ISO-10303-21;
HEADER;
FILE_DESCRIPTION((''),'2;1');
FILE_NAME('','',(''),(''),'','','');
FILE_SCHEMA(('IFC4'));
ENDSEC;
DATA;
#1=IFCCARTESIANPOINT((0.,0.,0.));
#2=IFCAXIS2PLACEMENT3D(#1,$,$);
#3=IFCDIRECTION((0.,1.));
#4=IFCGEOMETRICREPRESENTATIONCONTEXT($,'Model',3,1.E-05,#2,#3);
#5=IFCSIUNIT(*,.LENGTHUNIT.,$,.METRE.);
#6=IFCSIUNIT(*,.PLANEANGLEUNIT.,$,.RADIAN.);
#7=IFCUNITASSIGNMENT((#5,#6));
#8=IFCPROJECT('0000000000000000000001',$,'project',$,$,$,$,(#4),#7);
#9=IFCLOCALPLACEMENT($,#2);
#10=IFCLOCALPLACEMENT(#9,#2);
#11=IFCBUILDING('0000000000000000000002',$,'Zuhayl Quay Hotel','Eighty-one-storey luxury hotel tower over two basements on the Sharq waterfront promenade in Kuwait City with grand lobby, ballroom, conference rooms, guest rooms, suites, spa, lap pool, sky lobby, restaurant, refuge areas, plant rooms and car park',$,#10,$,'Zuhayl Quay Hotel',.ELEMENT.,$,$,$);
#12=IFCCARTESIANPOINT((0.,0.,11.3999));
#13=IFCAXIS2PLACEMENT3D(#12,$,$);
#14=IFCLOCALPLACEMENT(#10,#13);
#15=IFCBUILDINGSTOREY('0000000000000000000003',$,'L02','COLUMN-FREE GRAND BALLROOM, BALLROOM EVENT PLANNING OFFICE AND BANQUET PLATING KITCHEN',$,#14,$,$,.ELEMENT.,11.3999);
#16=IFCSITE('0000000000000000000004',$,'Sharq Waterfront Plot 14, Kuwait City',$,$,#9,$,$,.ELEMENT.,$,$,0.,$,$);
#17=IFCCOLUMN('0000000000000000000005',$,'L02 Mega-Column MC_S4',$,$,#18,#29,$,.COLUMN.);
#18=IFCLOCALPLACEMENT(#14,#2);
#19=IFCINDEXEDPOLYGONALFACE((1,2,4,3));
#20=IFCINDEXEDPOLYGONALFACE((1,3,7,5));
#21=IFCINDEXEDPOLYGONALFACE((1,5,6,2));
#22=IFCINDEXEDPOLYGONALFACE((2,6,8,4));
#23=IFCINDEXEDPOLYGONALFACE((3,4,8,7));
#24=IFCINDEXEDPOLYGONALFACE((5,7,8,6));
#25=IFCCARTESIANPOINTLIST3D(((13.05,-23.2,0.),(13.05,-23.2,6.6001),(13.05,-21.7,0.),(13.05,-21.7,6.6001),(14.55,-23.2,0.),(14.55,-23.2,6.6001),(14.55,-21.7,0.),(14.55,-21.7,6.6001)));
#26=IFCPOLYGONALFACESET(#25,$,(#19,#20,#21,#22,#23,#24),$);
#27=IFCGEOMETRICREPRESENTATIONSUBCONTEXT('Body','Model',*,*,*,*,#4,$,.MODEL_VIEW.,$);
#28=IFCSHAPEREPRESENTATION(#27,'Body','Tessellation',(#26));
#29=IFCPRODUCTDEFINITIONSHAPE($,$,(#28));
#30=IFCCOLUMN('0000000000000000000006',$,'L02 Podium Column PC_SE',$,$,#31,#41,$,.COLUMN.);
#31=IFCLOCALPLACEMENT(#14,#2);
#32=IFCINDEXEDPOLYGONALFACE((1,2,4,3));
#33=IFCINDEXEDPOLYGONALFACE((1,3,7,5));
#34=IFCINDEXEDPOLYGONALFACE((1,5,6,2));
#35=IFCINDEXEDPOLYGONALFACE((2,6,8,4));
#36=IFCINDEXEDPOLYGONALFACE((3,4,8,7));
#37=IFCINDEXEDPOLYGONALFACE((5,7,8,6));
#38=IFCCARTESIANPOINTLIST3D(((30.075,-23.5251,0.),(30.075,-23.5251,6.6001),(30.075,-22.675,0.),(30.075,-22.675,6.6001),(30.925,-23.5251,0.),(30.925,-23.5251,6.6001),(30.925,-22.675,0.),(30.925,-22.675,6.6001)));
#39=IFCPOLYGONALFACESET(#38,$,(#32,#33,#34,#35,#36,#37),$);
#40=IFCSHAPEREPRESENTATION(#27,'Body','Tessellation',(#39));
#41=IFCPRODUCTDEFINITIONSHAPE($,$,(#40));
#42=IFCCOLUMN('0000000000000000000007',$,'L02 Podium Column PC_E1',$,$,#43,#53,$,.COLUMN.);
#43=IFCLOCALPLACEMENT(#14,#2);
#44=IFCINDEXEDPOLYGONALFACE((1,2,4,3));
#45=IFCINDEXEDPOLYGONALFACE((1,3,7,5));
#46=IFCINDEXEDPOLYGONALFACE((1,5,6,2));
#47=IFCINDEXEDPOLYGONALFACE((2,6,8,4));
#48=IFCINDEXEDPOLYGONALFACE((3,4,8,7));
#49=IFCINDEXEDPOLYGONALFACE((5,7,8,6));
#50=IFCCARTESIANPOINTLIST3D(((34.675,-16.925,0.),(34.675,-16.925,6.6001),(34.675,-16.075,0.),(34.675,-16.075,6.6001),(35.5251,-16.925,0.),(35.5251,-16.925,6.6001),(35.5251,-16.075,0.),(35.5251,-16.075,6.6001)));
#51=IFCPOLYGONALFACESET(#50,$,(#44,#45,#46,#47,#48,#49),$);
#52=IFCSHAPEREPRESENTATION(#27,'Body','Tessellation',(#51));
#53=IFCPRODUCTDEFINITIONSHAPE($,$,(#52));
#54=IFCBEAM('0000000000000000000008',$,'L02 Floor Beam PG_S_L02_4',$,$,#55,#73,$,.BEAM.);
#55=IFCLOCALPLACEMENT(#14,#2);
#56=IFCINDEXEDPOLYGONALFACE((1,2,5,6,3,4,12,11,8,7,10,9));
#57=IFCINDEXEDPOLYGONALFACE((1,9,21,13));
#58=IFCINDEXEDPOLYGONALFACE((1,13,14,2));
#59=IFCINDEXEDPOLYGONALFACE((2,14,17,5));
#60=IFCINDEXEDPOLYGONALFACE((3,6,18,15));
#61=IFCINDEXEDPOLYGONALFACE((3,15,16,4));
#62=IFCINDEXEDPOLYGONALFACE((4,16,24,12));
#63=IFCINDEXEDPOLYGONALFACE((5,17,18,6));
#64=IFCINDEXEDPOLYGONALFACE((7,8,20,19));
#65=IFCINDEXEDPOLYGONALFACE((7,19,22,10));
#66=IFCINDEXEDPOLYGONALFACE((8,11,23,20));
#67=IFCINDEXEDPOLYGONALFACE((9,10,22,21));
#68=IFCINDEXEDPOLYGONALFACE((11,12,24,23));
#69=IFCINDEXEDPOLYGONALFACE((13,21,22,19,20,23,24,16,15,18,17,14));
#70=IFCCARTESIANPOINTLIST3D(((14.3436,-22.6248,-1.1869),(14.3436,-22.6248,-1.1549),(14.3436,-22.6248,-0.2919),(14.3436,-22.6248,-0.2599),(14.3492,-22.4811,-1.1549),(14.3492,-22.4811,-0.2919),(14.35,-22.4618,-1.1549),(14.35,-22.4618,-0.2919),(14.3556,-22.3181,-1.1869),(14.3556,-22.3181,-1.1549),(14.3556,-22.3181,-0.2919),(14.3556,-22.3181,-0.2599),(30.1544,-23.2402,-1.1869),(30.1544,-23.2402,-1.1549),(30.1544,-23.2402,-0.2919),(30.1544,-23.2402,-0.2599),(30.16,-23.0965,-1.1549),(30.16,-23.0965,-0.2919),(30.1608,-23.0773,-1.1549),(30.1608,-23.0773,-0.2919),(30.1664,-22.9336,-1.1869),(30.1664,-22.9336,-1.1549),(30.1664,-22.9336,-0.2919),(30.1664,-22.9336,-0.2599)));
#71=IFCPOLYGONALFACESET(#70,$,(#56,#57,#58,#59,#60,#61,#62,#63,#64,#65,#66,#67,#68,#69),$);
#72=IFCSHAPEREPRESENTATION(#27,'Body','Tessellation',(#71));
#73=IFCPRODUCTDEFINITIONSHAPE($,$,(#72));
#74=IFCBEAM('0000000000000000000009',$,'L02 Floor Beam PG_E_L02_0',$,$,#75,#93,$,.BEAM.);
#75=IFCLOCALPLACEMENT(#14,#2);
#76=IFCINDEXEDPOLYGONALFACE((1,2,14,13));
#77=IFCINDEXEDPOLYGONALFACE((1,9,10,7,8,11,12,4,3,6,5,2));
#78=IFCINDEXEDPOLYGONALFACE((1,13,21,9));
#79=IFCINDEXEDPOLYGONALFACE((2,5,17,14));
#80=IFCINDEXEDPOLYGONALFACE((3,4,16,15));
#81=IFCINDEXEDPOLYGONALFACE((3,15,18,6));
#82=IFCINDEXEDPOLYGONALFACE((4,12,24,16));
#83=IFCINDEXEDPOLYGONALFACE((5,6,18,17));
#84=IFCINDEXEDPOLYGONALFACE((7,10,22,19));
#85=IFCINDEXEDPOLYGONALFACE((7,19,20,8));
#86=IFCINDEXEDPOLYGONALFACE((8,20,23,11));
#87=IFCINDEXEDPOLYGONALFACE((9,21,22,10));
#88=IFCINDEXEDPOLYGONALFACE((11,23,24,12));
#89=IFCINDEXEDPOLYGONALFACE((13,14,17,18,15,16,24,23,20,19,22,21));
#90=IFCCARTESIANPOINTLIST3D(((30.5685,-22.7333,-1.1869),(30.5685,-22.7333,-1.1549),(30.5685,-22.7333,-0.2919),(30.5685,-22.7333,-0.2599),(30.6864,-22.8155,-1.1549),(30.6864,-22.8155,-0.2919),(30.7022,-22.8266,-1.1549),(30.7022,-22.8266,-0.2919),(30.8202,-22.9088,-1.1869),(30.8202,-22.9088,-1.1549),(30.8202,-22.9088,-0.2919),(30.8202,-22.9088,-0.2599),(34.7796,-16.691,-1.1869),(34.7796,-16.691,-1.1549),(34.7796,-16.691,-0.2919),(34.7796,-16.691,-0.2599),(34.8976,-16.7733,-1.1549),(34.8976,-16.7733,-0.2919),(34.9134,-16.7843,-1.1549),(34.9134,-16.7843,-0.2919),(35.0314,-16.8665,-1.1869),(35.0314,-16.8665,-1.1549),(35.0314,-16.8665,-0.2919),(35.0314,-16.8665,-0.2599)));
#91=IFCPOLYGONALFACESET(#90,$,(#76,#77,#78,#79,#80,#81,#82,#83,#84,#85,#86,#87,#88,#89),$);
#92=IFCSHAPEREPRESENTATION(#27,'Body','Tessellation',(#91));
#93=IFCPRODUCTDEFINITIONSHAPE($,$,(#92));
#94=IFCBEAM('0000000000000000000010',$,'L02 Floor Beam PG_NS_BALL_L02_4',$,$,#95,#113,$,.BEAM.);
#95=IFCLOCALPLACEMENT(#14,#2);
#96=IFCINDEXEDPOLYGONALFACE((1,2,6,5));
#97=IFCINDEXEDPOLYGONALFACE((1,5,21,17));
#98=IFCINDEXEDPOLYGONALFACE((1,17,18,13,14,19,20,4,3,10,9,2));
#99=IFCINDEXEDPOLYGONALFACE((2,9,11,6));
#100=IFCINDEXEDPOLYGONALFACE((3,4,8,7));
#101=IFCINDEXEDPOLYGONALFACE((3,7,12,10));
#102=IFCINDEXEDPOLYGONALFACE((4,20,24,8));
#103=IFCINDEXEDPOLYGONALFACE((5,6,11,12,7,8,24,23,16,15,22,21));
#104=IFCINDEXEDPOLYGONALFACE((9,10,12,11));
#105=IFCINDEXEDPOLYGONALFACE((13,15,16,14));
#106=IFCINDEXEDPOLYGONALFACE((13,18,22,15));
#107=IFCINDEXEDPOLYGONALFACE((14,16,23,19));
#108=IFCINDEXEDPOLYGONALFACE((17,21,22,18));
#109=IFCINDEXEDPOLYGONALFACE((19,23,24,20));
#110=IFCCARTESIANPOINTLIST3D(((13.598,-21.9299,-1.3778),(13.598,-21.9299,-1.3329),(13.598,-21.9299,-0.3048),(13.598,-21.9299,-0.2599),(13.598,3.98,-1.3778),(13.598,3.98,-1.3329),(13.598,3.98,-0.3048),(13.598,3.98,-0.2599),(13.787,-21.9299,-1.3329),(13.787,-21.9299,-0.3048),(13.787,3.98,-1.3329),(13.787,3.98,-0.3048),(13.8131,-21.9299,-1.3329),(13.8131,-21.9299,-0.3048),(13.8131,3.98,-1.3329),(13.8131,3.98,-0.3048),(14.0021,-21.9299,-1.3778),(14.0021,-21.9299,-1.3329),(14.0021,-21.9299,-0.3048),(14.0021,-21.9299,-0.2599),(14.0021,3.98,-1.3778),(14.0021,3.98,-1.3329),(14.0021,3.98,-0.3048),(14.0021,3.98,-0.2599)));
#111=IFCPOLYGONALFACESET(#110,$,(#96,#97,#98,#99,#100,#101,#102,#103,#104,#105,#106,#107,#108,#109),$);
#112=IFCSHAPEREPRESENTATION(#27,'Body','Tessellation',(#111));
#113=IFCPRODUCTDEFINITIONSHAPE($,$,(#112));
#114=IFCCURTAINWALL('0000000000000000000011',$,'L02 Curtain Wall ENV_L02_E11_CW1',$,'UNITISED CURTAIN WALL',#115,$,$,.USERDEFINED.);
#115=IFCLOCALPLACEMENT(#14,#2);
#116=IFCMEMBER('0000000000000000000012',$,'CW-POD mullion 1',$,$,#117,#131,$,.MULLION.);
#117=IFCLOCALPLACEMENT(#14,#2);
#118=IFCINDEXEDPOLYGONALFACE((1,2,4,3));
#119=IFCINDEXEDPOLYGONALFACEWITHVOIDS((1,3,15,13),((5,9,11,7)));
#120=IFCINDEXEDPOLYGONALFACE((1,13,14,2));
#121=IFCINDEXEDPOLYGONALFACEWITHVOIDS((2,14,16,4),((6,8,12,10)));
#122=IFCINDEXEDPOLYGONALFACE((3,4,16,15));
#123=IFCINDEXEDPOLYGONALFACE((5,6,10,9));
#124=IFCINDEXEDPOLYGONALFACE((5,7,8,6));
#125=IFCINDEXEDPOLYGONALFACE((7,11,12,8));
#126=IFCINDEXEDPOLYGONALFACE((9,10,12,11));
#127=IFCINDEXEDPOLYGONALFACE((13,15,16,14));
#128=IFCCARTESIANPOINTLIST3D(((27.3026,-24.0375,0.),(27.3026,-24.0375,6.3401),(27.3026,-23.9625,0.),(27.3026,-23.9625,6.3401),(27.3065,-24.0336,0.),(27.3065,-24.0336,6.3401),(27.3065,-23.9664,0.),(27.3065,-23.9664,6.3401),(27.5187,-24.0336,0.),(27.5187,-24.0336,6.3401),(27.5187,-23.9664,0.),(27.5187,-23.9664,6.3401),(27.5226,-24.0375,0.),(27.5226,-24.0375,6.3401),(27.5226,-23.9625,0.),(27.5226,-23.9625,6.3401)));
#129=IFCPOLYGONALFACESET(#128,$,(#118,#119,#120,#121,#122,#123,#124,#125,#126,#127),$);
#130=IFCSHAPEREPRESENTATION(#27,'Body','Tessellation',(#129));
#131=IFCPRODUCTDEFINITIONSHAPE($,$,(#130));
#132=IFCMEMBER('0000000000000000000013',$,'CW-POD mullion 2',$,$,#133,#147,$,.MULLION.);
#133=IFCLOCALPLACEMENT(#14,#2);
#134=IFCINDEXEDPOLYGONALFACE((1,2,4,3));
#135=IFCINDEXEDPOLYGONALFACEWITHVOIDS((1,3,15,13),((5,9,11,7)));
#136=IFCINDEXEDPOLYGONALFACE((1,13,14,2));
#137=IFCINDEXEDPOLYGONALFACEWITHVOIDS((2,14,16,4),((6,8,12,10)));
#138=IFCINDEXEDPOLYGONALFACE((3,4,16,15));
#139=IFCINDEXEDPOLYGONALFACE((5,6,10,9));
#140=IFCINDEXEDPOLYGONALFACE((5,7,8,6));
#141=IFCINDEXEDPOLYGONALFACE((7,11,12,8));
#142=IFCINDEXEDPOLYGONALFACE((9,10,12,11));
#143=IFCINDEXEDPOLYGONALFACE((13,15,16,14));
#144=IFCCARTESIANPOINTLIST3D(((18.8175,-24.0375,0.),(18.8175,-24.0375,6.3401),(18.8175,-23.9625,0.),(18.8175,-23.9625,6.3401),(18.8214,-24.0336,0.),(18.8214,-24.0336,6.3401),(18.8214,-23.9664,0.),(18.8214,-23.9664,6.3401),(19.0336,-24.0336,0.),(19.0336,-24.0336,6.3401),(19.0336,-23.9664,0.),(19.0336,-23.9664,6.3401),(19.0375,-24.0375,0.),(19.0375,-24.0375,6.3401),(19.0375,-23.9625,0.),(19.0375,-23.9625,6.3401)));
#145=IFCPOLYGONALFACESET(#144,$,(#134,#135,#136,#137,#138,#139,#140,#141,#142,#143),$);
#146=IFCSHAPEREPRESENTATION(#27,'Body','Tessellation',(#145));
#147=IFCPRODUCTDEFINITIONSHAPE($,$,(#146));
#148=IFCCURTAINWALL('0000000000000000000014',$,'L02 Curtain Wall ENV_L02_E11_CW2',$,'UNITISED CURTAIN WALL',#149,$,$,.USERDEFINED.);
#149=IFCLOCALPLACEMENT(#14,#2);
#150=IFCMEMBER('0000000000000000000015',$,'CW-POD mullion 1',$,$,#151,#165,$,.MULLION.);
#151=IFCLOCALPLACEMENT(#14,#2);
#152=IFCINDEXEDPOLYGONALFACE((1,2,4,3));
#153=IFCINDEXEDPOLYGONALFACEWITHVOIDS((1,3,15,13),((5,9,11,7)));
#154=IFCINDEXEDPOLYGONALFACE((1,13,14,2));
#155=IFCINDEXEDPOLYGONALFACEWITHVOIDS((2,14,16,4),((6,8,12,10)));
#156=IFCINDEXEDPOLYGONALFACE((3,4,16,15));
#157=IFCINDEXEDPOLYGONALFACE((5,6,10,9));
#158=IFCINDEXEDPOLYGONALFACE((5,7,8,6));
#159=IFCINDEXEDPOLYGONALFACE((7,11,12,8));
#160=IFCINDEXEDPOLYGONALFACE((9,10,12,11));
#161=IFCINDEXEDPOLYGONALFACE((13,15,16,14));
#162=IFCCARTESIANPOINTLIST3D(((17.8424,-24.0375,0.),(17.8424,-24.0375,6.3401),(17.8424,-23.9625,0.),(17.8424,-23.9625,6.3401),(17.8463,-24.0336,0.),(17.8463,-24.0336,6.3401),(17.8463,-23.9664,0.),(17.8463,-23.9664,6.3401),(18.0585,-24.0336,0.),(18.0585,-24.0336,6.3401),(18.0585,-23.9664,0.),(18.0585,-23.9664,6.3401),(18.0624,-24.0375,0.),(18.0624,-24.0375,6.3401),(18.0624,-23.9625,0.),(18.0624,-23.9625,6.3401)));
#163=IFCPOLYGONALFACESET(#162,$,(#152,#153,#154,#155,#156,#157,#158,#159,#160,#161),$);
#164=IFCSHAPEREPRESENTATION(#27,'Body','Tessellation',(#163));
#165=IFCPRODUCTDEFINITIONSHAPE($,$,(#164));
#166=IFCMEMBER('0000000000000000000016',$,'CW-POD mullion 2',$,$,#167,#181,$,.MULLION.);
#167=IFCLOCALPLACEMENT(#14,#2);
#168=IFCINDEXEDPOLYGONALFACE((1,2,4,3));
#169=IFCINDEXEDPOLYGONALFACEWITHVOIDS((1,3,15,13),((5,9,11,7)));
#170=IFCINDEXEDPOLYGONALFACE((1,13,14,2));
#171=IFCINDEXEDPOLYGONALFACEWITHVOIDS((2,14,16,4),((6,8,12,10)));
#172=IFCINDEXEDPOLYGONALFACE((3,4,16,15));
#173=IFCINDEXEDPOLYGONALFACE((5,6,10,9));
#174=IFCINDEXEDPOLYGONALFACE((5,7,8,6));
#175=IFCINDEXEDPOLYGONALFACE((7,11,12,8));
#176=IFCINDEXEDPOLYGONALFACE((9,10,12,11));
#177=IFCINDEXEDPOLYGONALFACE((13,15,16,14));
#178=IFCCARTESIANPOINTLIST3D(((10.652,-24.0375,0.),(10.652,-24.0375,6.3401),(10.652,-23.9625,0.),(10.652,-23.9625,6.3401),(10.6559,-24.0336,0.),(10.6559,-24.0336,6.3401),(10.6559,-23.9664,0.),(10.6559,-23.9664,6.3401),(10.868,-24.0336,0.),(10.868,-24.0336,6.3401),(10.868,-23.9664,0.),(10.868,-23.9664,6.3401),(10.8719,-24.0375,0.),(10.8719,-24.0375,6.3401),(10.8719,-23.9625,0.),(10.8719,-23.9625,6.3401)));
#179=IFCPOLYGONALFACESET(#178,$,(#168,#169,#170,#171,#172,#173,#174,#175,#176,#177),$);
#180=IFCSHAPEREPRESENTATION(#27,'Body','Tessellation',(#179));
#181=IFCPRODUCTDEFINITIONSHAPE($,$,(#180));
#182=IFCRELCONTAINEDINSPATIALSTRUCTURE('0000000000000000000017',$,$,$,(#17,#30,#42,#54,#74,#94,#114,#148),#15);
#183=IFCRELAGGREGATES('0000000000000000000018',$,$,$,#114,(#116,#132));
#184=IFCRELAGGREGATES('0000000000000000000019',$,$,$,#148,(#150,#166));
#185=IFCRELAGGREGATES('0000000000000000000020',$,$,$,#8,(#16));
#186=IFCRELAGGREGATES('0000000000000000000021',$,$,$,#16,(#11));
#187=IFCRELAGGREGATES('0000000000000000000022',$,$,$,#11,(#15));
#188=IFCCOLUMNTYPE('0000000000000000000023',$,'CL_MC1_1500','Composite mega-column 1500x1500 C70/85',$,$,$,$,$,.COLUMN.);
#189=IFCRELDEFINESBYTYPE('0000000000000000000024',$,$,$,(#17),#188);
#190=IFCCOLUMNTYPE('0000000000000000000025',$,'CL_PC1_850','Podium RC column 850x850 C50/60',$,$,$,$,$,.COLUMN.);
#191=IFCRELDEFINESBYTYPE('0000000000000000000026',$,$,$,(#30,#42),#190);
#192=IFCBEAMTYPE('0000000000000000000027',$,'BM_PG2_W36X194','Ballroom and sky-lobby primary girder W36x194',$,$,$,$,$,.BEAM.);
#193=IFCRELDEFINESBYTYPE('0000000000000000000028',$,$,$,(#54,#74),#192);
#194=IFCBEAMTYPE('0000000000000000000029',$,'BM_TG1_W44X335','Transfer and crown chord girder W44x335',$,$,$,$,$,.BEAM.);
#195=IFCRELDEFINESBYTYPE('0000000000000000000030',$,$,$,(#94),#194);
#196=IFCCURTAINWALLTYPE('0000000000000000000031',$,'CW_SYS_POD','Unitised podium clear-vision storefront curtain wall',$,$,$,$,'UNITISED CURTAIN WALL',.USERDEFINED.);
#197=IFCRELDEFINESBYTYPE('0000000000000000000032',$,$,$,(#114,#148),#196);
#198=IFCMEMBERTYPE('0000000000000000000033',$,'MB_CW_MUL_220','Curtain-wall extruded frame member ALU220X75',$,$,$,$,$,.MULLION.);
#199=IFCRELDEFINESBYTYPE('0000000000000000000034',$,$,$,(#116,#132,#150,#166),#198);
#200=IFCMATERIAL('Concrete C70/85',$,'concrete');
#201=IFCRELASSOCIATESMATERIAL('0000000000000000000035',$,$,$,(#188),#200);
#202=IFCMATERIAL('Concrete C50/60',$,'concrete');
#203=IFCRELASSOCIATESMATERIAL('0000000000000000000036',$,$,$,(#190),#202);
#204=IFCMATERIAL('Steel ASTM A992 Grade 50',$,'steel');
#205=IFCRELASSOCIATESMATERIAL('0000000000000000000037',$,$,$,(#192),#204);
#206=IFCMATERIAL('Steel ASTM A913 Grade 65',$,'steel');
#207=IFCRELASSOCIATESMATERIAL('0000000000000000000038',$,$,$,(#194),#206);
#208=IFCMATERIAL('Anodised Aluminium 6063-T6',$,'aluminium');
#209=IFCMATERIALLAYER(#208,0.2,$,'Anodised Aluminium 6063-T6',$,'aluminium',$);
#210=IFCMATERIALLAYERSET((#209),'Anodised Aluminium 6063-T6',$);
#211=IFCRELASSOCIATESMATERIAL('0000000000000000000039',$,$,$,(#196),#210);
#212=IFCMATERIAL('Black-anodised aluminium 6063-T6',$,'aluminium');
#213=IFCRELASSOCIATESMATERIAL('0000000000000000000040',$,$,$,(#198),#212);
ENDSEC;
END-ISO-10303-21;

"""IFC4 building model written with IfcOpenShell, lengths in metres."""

from ifc_helpers import new_model, si_unit, direction, frame, origin, origin_2d, place, context, subcontext, project, spatial, rectangle, hollow_rectangle, i_section, extrude, material, layer, layer_set, material_profile, profile_set, type_object, element, aggregate, save


model = new_model("IFC4")

# Units and contexts
model_context = context("Model", 3, precision=1e-05, world=origin(), true_north=direction((0.0, 1.0)))
body_context = subcontext(model_context, "Body", "Model", "MODEL_VIEW")
ifc_project = project(units=[si_unit("LENGTHUNIT", "METRE"), si_unit("PLANEANGLEUNIT", "RADIAN")], contexts=[model_context])

# Site, building, storey
site_placement = place(None, origin())
site = spatial("IfcSite", under=ifc_project, at=site_placement, Name="Sharq Waterfront Plot 14, Kuwait City", CompositionType="ELEMENT", RefElevation=0.0)
building_placement = place(site_placement, origin())
building = spatial("IfcBuilding", under=site, at=building_placement, Name="Zuhayl Quay Hotel", Description="Eighty-one-storey luxury hotel tower over two basements on the Sharq waterfront promenade in Kuwait City with grand lobby, ballroom, conference rooms, guest rooms, suites, spa, lap pool, sky lobby, restaurant, refuge areas, plant rooms and car park", LongName="Zuhayl Quay Hotel", CompositionType="ELEMENT")
storey_placement = place(building_placement, frame((0.0, 0.0, 11.3999)))
storey = spatial("IfcBuildingStorey", under=building, at=storey_placement, Name="L02", Description="COLUMN-FREE GRAND BALLROOM, BALLROOM EVENT PLANNING OFFICE AND BANQUET PLATING KITCHEN", CompositionType="ELEMENT", Elevation=11.3999)

# Columns
ifc_material_1 = material(Name="Concrete C70/85", Category="concrete")
ifc_material_profile_1 = material_profile(ifc_material_1, rectangle(XDim=1.5, YDim=1.5, at=origin_2d()), Name="RC1500X1500")
ifc_profile_set_1 = profile_set([ifc_material_profile_1], Name="Concrete C70/85")
column_type_1 = type_object("IfcColumnType", Name="CL_MC1_1500", Description="Composite mega-column 1500x1500 C70/85", PredefinedType="COLUMN", material=ifc_profile_set_1)
column_placement = place(storey_placement, frame((13.8, -22.45, 0.0), z_axis=(0.0, 0.0, 1.0), x_axis=(1.0, 0.0, 0.0)))
element("IfcColumn", 1, at=column_placement, inside=storey, type_object=column_type_1, Name="L02 Mega-Column MC_S4", PredefinedType="COLUMN", context=body_context, shape_type="SweptSolid", body=[
    extrude(rectangle(XDim=1.5, YDim=1.5, at=origin_2d()), origin(), (0.0, 0.0, 1.0), 6.6001),
])
ifc_material_2 = material(Name="Concrete C50/60", Category="concrete")
ifc_material_profile_2 = material_profile(ifc_material_2, rectangle(XDim=0.8501, YDim=0.8501, at=origin_2d()), Name="RC850X850")
ifc_profile_set_2 = profile_set([ifc_material_profile_2], Name="Concrete C50/60")
column_type_2 = type_object("IfcColumnType", Name="CL_PC1_850", Description="Podium RC column 850x850 C50/60", PredefinedType="COLUMN", material=ifc_profile_set_2)
for number, where, z_axis, x_axis, name in (
    (2, (30.5, -23.1001, 0.0), (0.0, 0.0, 1.0), (1.0, 0.0, 0.0), "L02 Podium Column PC_SE"),
    (3, (35.1001, -16.5, 0.0), (0.0, 0.0, 1.0), (1.0, 0.0, 0.0), "L02 Podium Column PC_E1"),
):
    element("IfcColumn", number, at=place(storey_placement, frame(where, z_axis=z_axis, x_axis=x_axis)), inside=storey, type_object=column_type_2, Name=name, PredefinedType="COLUMN", context=body_context, shape_type="SweptSolid", body=[
        extrude(rectangle(XDim=0.8501, YDim=0.8501, at=origin_2d()), origin(), (0.0, 0.0, 1.0), 6.6001),
    ])

# Beams
ifc_material_3 = material(Name="Steel ASTM A992 Grade 50", Category="steel")
ifc_material_profile_3 = material_profile(ifc_material_3, i_section(OverallWidth=0.3069, OverallDepth=0.927, WebThickness=0.0193, FlangeThickness=0.032, at=origin_2d()), Name="W36X194")
ifc_profile_set_3 = profile_set([ifc_material_profile_3], Name="Steel ASTM A992 Grade 50")
beam_type_1 = type_object("IfcBeamType", Name="BM_PG2_W36X194", Description="Ballroom and sky-lobby primary girder W36x194", PredefinedType="BEAM", material=ifc_profile_set_3)
beam_1_placement = place(storey_placement, frame((14.3496, -22.4714, -0.7234), z_axis=(0.999243, -0.038898, 0.0), x_axis=(0.038898, 0.999243, 0.0)))
element("IfcBeam", 4, at=beam_1_placement, inside=storey, type_object=beam_type_1, Name="L02 Floor Beam PG_S_L02_4", PredefinedType="BEAM", context=body_context, shape_type="SweptSolid", body=[
    extrude(i_section(OverallWidth=0.3069, OverallDepth=0.927, WebThickness=0.0193, FlangeThickness=0.032, at=origin_2d()), origin(), (0.0, 0.0, 1.0), 15.8228),
])
beam_2_placement = place(storey_placement, frame((30.6943, -22.821, -0.7234), z_axis=(0.571786, 0.820403, 0.0), x_axis=(-0.820403, 0.571786, 0.0)))
element("IfcBeam", 5, at=beam_2_placement, inside=storey, type_object=beam_type_1, Name="L02 Floor Beam PG_E_L02_0", PredefinedType="BEAM", context=body_context, shape_type="SweptSolid", body=[
    extrude(i_section(OverallWidth=0.3069, OverallDepth=0.927, WebThickness=0.0193, FlangeThickness=0.032, at=origin_2d()), origin(), (0.0, 0.0, 1.0), 7.365),
])
ifc_material_4 = material(Name="Steel ASTM A913 Grade 65", Category="steel")
ifc_material_profile_4 = material_profile(ifc_material_4, i_section(OverallWidth=0.4041, OverallDepth=1.1179, WebThickness=0.0261, FlangeThickness=0.0449, at=origin_2d()), Name="W44X335")
ifc_profile_set_4 = profile_set([ifc_material_profile_4], Name="Steel ASTM A913 Grade 65")
beam_type_2 = type_object("IfcBeamType", Name="BM_TG1_W44X335", Description="Transfer and crown chord girder W44x335", PredefinedType="BEAM", material=ifc_profile_set_4)
beam_3_placement = place(storey_placement, frame((13.8, -21.9299, -0.8188), z_axis=(0.0, 1.0, 0.0), x_axis=(-1.0, 0.0, 0.0)))
element("IfcBeam", 6, at=beam_3_placement, inside=storey, type_object=beam_type_2, Name="L02 Floor Beam PG_NS_BALL_L02_4", PredefinedType="BEAM", context=body_context, shape_type="SweptSolid", body=[
    extrude(i_section(OverallWidth=0.4041, OverallDepth=1.1179, WebThickness=0.0261, FlangeThickness=0.0449, at=origin_2d()), origin(), (0.0, 0.0, 1.0), 25.9099),
])

# Curtain walls, members
ifc_material_5 = material(Name="Anodised Aluminium 6063-T6", Category="aluminium")
ifc_layer_1 = layer(ifc_material_5, 0.2, Name="Anodised Aluminium 6063-T6", Category="aluminium")
ifc_layer_set_1 = layer_set([ifc_layer_1], Name="Anodised Aluminium 6063-T6")
curtain_wall_type = type_object("IfcCurtainWallType", Name="CW_SYS_POD", Description="Unitised podium clear-vision storefront curtain wall", ElementType="UNITISED CURTAIN WALL", PredefinedType="USERDEFINED", material=ifc_layer_set_1)
curtain_wall_1_placement = place(storey_placement, origin())
curtain_wall_1 = element("IfcCurtainWall", 7, at=curtain_wall_1_placement, inside=storey, type_object=curtain_wall_type, Name="L02 Curtain Wall ENV_L02_E11_CW1", ObjectType="UNITISED CURTAIN WALL", PredefinedType="USERDEFINED")
ifc_material_6 = material(Name="Black-anodised aluminium 6063-T6", Category="aluminium")
ifc_material_profile_5 = material_profile(ifc_material_6, hollow_rectangle(XDim=0.075, YDim=0.22, WallThickness=0.0039, at=origin_2d()), Name="ALU220X75")
ifc_profile_set_5 = profile_set([ifc_material_profile_5], Name="Black-anodised aluminium 6063-T6")
member_type_1 = type_object("IfcMemberType", Name="MB_CW_MUL_220", Description="Curtain-wall extruded frame member ALU220X75", PredefinedType="MULLION", material=ifc_profile_set_5)
member_1_placement = place(storey_placement, frame((27.4126, -24.0, 0.0), z_axis=(0.0, 0.0, 1.0), x_axis=(0.0, -1.0, 0.0)))
member_1 = element("IfcMember", 8, at=member_1_placement, type_object=member_type_1, Name="CW-POD mullion 1", PredefinedType="MULLION", context=body_context, shape_type="SweptSolid", body=[
    extrude(hollow_rectangle(XDim=0.075, YDim=0.22, WallThickness=0.0039, at=origin_2d()), origin(), (0.0, 0.0, 1.0), 6.3401),
])
member_2_placement = place(storey_placement, frame((18.9275, -24.0, 0.0), z_axis=(0.0, 0.0, 1.0), x_axis=(0.0, -1.0, 0.0)))
member_2 = element("IfcMember", 9, at=member_2_placement, type_object=member_type_1, Name="CW-POD mullion 2", PredefinedType="MULLION", context=body_context, shape_type="SweptSolid", body=[
    extrude(hollow_rectangle(XDim=0.075, YDim=0.22, WallThickness=0.0039, at=origin_2d()), origin(), (0.0, 0.0, 1.0), 6.3401),
])
curtain_wall_2_placement = place(storey_placement, origin())
curtain_wall_2 = element("IfcCurtainWall", 10, at=curtain_wall_2_placement, inside=storey, type_object=curtain_wall_type, Name="L02 Curtain Wall ENV_L02_E11_CW2", ObjectType="UNITISED CURTAIN WALL", PredefinedType="USERDEFINED")
member_3_placement = place(storey_placement, frame((17.9524, -24.0, 0.0), z_axis=(0.0, 0.0, 1.0), x_axis=(0.0, -1.0, 0.0)))
member_3 = element("IfcMember", 11, at=member_3_placement, type_object=member_type_1, Name="CW-POD mullion 1", PredefinedType="MULLION", context=body_context, shape_type="SweptSolid", body=[
    extrude(hollow_rectangle(XDim=0.075, YDim=0.22, WallThickness=0.0039, at=origin_2d()), origin(), (0.0, 0.0, 1.0), 6.3401),
])
member_4_placement = place(storey_placement, frame((10.762, -24.0, 0.0), z_axis=(0.0, 0.0, 1.0), x_axis=(0.0, -1.0, 0.0)))
member_4 = element("IfcMember", 12, at=member_4_placement, type_object=member_type_1, Name="CW-POD mullion 2", PredefinedType="MULLION", context=body_context, shape_type="SweptSolid", body=[
    extrude(hollow_rectangle(XDim=0.075, YDim=0.22, WallThickness=0.0039, at=origin_2d()), origin(), (0.0, 0.0, 1.0), 6.3401),
])

aggregate(curtain_wall_1, [member_1, member_2])
aggregate(curtain_wall_2, [member_3, member_4])

save(model, "model.ifc")
